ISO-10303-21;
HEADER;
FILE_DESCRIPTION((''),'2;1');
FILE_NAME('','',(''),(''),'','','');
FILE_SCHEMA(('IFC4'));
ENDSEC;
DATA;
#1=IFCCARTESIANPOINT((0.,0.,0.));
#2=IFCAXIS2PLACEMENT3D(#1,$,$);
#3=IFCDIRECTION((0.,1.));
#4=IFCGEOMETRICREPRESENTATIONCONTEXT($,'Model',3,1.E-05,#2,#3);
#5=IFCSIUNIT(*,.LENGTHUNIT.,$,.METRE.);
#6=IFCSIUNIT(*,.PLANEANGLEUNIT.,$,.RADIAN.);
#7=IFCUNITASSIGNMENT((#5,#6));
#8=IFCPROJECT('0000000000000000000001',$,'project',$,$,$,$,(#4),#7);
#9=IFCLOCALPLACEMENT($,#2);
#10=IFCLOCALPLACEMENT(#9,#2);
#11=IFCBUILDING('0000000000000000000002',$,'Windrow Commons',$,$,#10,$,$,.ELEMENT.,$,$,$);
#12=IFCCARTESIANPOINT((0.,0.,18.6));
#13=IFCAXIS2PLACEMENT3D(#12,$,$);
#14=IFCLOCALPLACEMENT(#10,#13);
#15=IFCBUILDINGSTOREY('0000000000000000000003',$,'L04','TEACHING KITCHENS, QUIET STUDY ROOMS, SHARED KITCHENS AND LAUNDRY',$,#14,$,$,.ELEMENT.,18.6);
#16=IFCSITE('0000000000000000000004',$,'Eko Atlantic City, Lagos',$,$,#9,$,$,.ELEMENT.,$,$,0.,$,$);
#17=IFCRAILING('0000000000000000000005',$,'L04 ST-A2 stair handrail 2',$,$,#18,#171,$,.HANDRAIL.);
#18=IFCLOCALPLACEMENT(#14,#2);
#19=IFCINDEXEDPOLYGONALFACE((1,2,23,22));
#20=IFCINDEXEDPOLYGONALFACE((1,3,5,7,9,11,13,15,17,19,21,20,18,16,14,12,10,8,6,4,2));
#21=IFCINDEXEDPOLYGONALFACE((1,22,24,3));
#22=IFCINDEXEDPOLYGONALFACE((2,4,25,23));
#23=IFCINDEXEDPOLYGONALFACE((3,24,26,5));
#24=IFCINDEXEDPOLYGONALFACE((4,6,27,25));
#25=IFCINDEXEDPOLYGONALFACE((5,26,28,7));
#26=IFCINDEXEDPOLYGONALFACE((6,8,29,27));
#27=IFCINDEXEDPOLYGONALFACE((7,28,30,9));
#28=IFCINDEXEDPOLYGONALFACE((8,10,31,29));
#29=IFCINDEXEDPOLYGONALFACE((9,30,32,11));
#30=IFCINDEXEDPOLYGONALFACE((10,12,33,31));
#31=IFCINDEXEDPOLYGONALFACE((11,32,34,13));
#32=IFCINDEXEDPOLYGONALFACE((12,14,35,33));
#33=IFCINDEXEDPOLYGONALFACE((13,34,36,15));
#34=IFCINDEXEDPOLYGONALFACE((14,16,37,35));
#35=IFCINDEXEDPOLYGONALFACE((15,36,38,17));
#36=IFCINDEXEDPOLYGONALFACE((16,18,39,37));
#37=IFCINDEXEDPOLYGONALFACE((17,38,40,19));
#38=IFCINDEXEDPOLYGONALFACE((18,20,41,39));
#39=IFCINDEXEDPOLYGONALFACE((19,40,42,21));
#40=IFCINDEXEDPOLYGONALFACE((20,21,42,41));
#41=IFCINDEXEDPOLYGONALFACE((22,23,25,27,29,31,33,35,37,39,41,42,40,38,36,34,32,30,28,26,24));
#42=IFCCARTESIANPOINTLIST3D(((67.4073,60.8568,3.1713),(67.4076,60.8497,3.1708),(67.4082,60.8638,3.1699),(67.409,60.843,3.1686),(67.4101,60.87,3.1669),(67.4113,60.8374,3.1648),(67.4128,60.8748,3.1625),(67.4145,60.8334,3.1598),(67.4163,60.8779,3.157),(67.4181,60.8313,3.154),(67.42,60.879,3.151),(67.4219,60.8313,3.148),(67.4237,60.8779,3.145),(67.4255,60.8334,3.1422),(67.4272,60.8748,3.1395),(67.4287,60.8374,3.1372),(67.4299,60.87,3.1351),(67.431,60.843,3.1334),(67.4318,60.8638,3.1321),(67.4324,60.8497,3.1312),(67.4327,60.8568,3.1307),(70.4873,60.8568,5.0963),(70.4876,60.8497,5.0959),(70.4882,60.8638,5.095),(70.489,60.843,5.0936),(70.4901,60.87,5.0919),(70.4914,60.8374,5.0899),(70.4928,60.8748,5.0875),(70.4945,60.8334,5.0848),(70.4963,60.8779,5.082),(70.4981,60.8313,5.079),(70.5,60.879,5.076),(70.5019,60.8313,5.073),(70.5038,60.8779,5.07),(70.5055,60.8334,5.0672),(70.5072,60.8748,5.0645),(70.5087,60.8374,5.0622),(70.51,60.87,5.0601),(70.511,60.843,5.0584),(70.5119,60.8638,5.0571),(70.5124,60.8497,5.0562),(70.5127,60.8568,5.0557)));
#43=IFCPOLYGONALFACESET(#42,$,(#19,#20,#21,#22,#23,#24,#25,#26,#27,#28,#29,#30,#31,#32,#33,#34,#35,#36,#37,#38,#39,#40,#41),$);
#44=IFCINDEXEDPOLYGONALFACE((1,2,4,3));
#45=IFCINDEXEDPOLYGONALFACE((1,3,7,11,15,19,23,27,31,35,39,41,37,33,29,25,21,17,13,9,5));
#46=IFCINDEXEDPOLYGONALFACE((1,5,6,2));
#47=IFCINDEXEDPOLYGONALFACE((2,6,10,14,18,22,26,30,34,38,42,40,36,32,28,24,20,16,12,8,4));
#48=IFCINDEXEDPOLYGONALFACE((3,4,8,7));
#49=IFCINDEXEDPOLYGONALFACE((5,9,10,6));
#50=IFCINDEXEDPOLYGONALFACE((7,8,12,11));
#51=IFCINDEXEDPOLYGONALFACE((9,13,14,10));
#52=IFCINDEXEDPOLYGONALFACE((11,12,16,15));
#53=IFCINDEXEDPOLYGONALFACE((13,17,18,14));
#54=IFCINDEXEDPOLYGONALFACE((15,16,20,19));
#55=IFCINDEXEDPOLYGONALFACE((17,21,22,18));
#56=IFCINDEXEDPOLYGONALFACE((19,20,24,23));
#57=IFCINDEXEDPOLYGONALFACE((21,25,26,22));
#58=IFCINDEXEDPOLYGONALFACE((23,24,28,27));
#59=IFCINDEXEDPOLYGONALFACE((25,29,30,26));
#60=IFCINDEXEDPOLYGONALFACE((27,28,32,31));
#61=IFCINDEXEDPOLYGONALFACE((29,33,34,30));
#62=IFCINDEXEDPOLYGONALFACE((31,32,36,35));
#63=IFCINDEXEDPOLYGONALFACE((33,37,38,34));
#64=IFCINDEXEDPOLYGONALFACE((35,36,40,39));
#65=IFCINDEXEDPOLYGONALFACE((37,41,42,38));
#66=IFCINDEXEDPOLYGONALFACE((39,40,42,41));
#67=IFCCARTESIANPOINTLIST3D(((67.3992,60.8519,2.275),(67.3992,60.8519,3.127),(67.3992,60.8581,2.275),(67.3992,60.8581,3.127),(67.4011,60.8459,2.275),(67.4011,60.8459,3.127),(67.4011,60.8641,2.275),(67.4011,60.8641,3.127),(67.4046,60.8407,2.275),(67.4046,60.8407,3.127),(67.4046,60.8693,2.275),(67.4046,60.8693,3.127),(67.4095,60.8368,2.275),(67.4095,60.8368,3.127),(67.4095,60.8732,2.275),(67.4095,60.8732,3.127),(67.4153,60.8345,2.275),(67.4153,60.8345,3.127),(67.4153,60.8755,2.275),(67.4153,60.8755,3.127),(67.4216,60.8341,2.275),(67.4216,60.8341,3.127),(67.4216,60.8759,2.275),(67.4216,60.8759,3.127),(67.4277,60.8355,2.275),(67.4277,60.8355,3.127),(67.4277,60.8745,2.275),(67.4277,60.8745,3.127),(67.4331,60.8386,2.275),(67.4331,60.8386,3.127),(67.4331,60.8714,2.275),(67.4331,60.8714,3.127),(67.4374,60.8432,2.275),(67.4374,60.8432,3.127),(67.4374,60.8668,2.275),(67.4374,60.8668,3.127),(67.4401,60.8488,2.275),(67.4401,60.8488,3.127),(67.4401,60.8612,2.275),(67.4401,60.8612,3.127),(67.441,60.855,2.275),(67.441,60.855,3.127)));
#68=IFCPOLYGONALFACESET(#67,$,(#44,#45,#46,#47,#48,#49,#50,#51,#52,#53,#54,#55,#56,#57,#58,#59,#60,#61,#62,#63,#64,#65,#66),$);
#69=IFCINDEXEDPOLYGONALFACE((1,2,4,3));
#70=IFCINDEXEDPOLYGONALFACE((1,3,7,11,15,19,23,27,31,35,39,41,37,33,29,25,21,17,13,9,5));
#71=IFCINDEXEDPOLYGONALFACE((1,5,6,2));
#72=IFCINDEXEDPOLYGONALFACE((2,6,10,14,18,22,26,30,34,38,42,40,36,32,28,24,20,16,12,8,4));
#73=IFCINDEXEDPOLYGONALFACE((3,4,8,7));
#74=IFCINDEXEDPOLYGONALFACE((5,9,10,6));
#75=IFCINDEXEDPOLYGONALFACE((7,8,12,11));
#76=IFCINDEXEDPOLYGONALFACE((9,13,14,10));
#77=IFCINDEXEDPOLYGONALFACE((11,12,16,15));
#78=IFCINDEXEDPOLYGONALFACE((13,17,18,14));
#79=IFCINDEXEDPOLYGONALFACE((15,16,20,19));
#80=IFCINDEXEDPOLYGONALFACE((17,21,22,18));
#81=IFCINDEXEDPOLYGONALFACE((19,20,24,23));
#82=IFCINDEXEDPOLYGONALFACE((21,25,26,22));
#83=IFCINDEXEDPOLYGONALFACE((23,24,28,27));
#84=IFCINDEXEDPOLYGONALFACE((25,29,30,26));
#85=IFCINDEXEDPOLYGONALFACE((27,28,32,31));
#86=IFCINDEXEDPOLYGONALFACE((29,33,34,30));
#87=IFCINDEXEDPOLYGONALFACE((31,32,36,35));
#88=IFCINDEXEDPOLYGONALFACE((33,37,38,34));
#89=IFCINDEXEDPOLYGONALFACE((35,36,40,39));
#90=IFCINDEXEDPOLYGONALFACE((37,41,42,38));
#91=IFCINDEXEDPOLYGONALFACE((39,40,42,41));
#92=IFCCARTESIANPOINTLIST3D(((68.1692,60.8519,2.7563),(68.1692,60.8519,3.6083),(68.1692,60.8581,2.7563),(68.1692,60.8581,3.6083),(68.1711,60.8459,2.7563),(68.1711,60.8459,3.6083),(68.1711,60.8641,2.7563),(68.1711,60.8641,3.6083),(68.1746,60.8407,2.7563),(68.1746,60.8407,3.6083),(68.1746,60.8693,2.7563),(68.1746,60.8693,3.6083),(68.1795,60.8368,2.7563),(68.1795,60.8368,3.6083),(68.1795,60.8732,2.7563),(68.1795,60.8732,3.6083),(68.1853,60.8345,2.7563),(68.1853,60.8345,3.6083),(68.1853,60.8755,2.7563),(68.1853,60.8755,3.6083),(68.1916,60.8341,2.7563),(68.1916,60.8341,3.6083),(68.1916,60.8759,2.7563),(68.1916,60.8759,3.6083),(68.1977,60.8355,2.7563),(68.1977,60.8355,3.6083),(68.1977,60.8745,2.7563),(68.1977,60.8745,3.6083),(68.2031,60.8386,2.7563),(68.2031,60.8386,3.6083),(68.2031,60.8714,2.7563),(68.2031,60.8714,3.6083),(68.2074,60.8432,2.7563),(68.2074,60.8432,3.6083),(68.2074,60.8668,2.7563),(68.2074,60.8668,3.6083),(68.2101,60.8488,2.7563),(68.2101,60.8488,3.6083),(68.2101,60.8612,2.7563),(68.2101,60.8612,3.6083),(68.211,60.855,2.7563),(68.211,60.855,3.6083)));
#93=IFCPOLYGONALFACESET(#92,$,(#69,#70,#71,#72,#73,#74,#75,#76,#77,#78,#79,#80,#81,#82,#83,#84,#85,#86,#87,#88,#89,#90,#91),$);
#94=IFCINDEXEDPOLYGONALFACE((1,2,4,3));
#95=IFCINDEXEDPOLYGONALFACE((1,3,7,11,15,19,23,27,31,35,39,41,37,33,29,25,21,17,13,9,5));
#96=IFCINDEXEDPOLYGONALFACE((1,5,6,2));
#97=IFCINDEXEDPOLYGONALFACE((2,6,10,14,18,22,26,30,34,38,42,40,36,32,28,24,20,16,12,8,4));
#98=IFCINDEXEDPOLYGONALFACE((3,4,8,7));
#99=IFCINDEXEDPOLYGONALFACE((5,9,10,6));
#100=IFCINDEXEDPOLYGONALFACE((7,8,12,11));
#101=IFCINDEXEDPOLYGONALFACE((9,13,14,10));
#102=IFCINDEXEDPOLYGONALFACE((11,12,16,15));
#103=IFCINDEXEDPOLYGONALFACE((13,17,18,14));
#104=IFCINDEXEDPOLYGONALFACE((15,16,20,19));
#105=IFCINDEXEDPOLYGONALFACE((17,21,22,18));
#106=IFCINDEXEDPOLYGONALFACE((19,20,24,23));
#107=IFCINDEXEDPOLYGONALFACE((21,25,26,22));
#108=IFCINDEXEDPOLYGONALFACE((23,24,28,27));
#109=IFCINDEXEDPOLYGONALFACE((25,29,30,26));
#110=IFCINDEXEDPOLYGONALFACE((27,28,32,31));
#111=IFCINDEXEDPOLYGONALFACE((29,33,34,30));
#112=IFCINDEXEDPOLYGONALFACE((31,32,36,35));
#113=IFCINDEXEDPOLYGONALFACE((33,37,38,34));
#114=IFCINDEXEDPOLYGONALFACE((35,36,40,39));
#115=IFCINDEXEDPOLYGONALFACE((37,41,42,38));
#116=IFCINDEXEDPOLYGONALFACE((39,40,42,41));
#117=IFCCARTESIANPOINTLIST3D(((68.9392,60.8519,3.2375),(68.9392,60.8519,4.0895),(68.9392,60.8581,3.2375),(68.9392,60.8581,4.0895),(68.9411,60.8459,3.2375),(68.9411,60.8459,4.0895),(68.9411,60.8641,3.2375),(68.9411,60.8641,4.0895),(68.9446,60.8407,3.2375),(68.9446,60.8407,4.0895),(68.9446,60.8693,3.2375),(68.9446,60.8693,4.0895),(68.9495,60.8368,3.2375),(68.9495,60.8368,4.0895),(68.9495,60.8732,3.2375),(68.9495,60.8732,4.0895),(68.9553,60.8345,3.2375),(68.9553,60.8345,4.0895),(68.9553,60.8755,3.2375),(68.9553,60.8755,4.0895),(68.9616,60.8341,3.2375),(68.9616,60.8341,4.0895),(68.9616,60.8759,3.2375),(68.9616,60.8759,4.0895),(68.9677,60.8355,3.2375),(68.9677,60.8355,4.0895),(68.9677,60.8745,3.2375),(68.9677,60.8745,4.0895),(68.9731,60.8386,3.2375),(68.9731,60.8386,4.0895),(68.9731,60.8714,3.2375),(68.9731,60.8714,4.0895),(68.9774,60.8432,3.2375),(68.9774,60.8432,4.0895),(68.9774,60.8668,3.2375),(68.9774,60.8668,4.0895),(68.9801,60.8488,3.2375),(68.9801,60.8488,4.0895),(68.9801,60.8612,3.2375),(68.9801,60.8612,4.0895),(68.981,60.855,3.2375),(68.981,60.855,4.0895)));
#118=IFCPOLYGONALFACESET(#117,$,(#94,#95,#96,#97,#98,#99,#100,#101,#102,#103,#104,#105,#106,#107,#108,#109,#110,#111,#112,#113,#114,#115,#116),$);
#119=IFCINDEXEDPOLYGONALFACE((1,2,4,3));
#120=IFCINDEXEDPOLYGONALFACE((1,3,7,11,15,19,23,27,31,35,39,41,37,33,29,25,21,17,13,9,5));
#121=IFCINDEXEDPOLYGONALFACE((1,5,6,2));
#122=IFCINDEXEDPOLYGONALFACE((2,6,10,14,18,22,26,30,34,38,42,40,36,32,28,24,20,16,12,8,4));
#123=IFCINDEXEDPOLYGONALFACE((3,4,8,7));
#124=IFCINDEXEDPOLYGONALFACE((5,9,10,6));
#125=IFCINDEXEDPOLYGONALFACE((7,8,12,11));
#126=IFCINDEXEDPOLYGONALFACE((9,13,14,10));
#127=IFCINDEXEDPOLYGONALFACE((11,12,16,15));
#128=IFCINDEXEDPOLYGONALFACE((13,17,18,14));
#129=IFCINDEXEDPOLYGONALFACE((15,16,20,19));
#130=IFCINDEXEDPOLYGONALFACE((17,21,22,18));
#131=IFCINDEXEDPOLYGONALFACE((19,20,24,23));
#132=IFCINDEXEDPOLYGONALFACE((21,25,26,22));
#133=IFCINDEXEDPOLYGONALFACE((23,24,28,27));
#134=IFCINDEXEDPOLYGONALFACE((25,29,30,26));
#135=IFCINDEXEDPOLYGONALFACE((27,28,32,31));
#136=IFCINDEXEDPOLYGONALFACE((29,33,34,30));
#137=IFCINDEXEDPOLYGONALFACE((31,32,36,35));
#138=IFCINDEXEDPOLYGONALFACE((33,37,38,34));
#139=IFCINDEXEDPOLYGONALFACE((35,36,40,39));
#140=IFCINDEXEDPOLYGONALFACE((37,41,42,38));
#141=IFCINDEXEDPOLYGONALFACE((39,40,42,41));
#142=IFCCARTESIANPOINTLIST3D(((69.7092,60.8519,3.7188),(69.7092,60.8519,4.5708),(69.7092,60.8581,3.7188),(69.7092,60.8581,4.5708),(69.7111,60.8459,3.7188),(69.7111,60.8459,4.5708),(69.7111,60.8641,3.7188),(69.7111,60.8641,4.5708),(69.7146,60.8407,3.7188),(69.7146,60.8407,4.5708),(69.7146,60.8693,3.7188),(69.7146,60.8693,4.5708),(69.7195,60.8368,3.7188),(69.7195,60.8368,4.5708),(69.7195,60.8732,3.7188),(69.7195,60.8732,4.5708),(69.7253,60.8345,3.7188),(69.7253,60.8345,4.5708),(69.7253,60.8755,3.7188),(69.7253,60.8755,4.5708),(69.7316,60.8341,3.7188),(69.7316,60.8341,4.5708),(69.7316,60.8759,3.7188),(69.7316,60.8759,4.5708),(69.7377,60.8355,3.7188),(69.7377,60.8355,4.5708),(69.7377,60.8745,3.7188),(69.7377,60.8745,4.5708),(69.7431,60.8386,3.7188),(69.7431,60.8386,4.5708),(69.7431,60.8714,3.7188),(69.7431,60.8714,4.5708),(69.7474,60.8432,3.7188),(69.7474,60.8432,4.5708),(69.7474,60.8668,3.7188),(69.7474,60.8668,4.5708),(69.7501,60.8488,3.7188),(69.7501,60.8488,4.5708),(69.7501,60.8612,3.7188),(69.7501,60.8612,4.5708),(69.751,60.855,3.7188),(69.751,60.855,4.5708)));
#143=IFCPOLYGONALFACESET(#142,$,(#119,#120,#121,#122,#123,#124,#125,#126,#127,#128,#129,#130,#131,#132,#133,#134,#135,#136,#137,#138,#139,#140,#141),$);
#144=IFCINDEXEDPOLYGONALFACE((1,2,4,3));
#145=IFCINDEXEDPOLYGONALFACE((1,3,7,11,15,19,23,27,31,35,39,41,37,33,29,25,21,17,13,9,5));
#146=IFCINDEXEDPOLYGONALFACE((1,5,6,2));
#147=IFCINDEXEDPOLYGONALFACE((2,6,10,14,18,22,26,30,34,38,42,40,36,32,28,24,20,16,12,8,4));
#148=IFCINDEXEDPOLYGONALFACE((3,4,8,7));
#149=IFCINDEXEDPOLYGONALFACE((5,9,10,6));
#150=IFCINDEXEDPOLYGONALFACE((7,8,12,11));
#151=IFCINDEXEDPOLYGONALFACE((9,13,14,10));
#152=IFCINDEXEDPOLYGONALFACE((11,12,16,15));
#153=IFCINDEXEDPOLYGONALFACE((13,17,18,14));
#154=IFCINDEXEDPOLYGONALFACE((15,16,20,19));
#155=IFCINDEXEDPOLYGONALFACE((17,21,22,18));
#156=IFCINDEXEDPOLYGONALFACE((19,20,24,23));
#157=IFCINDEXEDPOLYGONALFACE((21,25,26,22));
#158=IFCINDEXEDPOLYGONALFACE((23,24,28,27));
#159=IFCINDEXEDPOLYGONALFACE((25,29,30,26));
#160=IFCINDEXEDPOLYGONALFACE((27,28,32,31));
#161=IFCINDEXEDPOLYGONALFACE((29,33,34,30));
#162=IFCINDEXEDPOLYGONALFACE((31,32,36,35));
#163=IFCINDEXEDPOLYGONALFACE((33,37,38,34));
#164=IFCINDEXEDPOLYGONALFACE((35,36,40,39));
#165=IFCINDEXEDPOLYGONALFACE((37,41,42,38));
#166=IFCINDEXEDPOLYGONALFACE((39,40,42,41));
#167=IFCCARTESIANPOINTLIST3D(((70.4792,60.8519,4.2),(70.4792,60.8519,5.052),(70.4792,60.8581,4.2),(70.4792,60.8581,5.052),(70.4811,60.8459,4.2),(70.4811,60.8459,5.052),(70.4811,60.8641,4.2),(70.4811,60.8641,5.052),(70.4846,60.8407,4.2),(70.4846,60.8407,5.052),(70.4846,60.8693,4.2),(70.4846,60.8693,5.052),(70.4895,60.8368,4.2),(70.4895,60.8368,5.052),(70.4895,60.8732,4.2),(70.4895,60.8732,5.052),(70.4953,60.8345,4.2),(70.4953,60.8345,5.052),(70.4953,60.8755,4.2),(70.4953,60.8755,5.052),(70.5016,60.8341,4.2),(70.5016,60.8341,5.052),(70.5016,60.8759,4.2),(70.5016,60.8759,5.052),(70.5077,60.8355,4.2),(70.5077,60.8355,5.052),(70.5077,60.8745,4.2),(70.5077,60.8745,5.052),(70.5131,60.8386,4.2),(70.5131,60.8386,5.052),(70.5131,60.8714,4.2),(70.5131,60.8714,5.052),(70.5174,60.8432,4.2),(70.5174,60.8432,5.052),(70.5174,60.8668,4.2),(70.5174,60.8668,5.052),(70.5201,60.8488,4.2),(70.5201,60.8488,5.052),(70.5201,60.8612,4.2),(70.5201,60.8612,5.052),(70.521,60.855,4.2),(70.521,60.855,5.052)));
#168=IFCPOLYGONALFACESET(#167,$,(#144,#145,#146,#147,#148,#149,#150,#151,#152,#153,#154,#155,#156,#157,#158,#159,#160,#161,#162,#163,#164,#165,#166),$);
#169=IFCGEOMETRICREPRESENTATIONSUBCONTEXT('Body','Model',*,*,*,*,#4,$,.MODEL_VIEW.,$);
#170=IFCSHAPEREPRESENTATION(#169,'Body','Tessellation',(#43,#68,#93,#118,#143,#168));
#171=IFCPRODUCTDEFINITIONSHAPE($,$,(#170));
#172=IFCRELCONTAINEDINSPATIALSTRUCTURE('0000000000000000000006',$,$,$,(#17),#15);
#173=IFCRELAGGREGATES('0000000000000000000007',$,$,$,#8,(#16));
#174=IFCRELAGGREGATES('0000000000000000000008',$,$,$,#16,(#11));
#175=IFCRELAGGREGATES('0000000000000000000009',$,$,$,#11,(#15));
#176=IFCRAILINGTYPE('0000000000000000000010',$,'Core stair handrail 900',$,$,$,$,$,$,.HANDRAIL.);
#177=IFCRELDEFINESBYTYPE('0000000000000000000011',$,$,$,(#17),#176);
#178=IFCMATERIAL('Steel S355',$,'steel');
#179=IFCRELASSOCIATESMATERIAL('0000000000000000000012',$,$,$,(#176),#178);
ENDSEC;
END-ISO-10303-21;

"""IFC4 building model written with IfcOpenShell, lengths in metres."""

from ifc_helpers import new_model, si_unit, direction, frame, origin, origin_2d, place, context, subcontext, project, spatial, circle, extrude, material, type_object, element, save


model = new_model("IFC4")

# Units and contexts
model_context = context("Model", 3, precision=1e-05, world=origin(), true_north=direction((0.0, 1.0)))
body_context = subcontext(model_context, "Body", "Model", "MODEL_VIEW")
ifc_project = project(units=[si_unit("LENGTHUNIT", "METRE"), si_unit("PLANEANGLEUNIT", "RADIAN")], contexts=[model_context])

# Site, building, storey
site_placement = place(None, origin())
site = spatial("IfcSite", under=ifc_project, at=site_placement, Name="Eko Atlantic City, Lagos", CompositionType="ELEMENT", RefElevation=0.0)
building_placement = place(site_placement, origin())
building = spatial("IfcBuilding", under=site, at=building_placement, Name="Windrow Commons", CompositionType="ELEMENT")
storey_placement = place(building_placement, frame((0.0, 0.0, 18.6)))
storey = spatial("IfcBuildingStorey", under=building, at=storey_placement, Name="L04", Description="TEACHING KITCHENS, QUIET STUDY ROOMS, SHARED KITCHENS AND LAUNDRY", CompositionType="ELEMENT", Elevation=18.6)

# Railing
ifc_material_1 = material(Name="Steel S355", Category="steel")
railing_type_1 = type_object("IfcRailingType", Name="Core stair handrail 900", PredefinedType="HANDRAIL", material=ifc_material_1)
railing_1_placement = place(storey_placement, frame((67.42, 60.855, 2.275)))
element("IfcRailing", 1, at=railing_1_placement, inside=storey, type_object=railing_type_1, Name="L04 ST-A2 stair handrail 2", PredefinedType="HANDRAIL", context=body_context, shape_type="SweptSolid", body=[
    extrude(circle(Radius=0.024, at=origin_2d()), frame((0.0, 0.0, 0.876), z_axis=(0.847998, 0.0, 0.529999), x_axis=(0.0, 1.0, 0.0)), (0.0, 0.0, 1.0), 3.6321),
    extrude(circle(Radius=0.021, at=origin_2d()), origin(), (0.0, 0.0, 1.0), 0.852),
    extrude(circle(Radius=0.021, at=origin_2d()), frame((0.77, 0.0, 0.4813)), (0.0, 0.0, 1.0), 0.852),
    extrude(circle(Radius=0.021, at=origin_2d()), frame((1.54, 0.0, 0.9625)), (0.0, 0.0, 1.0), 0.852),
    extrude(circle(Radius=0.021, at=origin_2d()), frame((2.31, 0.0, 1.4438)), (0.0, 0.0, 1.0), 0.852),
    extrude(circle(Radius=0.021, at=origin_2d()), frame((3.08, 0.0, 1.925)), (0.0, 0.0, 1.0), 0.852),
])

save(model, "model.ifc")
